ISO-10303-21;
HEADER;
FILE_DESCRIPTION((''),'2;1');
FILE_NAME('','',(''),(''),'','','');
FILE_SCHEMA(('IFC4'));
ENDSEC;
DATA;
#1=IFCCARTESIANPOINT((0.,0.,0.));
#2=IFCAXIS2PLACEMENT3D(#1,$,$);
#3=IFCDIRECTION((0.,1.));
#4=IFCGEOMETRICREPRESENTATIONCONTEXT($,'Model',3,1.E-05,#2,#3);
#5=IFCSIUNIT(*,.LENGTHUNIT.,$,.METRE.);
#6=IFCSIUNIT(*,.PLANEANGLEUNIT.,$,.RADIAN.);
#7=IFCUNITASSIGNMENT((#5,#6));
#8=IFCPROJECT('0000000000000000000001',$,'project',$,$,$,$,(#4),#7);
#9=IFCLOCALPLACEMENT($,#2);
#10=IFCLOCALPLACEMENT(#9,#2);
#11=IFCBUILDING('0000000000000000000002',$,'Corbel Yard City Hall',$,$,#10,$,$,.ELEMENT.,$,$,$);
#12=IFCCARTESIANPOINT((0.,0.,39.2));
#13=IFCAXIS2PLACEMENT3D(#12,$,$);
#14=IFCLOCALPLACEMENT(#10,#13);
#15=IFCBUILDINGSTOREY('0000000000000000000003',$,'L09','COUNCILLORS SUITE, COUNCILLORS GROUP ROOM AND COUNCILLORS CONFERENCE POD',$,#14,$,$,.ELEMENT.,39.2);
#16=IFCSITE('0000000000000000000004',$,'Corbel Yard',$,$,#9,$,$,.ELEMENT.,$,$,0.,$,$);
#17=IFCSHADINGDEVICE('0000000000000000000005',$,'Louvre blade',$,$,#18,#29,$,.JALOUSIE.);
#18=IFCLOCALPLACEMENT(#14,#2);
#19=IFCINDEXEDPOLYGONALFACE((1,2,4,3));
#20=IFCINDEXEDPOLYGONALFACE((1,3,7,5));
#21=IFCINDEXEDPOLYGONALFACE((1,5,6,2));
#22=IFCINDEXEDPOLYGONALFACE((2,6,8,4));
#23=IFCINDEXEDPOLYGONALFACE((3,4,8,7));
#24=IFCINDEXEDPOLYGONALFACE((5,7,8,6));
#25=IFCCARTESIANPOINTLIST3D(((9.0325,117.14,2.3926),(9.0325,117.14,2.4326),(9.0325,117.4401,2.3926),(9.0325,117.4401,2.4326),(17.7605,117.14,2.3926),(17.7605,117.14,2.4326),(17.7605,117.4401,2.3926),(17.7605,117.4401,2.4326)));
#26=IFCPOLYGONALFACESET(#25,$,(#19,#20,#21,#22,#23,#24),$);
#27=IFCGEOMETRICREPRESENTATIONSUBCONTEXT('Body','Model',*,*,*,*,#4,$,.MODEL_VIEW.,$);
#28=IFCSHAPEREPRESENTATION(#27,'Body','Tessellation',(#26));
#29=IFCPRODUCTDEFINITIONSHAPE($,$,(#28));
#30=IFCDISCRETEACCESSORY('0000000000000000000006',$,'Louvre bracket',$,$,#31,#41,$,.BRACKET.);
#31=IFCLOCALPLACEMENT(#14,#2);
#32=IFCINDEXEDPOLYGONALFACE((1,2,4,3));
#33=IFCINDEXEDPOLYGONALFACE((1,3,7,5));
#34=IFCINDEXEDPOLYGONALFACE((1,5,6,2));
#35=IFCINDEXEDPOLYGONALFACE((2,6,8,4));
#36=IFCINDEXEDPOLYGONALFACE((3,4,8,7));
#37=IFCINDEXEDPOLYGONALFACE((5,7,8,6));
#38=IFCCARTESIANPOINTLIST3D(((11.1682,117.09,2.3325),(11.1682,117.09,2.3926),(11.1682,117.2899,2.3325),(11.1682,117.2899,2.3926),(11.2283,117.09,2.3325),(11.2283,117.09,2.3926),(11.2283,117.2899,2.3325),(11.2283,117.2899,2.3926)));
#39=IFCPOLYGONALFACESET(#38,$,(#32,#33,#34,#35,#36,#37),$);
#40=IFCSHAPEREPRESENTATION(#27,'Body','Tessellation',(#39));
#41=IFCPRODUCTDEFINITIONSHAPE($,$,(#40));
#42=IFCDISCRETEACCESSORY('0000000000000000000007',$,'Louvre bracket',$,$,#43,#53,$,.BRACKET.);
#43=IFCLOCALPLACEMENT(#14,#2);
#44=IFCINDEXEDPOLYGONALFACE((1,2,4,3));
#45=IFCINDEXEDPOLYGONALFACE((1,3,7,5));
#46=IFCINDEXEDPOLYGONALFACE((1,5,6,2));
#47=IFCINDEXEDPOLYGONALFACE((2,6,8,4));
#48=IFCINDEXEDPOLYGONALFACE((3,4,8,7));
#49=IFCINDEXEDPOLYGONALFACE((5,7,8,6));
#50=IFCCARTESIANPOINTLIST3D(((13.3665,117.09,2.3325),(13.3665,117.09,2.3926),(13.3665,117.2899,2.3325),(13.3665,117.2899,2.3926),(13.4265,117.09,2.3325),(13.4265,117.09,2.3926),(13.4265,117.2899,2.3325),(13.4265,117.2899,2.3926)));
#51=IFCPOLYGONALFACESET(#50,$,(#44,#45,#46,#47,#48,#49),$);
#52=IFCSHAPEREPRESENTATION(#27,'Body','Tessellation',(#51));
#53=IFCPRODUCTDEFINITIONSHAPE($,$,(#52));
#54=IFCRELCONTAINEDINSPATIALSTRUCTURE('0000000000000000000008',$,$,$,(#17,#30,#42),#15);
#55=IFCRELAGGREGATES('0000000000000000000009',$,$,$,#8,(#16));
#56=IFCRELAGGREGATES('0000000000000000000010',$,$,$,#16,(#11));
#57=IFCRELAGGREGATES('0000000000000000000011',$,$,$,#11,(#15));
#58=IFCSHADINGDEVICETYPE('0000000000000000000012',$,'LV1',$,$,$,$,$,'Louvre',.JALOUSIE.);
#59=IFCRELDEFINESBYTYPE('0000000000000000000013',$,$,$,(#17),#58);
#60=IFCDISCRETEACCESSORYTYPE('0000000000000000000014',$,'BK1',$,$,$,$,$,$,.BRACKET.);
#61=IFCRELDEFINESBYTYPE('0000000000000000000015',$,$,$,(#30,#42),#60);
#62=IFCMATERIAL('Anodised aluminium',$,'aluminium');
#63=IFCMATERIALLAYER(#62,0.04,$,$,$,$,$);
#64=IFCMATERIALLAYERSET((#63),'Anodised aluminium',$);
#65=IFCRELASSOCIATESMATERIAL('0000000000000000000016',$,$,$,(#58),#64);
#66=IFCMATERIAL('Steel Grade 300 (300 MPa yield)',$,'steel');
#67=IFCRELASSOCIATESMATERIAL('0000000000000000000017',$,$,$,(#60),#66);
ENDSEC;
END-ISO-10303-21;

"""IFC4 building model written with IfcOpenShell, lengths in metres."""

from ifc_helpers import new_model, si_unit, direction, frame, origin, origin_2d, place, context, subcontext, project, spatial, rectangle, extrude, material, layer, layer_set, type_object, element, save


model = new_model("IFC4")

# Units and contexts
model_context = context("Model", 3, precision=1e-05, world=origin(), true_north=direction((0.0, 1.0)))
body_context = subcontext(model_context, "Body", "Model", "MODEL_VIEW")
ifc_project = project(units=[si_unit("LENGTHUNIT", "METRE"), si_unit("PLANEANGLEUNIT", "RADIAN")], contexts=[model_context])

# Site, building, storey
site_placement = place(None, origin())
site = spatial("IfcSite", under=ifc_project, at=site_placement, Name="Corbel Yard", CompositionType="ELEMENT", RefElevation=0.0)
building_placement = place(site_placement, origin())
building = spatial("IfcBuilding", under=site, at=building_placement, Name="Corbel Yard City Hall", CompositionType="ELEMENT")
storey_placement = place(building_placement, frame((0.0, 0.0, 39.2)))
storey = spatial("IfcBuildingStorey", under=building, at=storey_placement, Name="L09", Description="COUNCILLORS SUITE, COUNCILLORS GROUP ROOM AND COUNCILLORS CONFERENCE POD", CompositionType="ELEMENT", Elevation=39.2)

# Shading device
ifc_material_1 = material(Name="Anodised aluminium", Category="aluminium")
ifc_layer_1 = layer(ifc_material_1, 0.04)
ifc_layer_set_1 = layer_set([ifc_layer_1], Name="Anodised aluminium")
shading_device_type = type_object("IfcShadingDeviceType", Name="LV1", ElementType="Louvre", PredefinedType="JALOUSIE", material=ifc_layer_set_1)
shading_device_placement = place(storey_placement, frame((13.3965, 117.29, 2.3926), z_axis=(0.0, 0.0, 1.0), x_axis=(1.0, 0.0, 0.0)))
element("IfcShadingDevice", 1, at=shading_device_placement, inside=storey, type_object=shading_device_type, Name="Louvre blade", PredefinedType="JALOUSIE", context=body_context, shape_type="SweptSolid", body=[
    extrude(rectangle(XDim=8.728, YDim=0.3, at=origin_2d()), origin(), (0.0, 0.0, 1.0), 0.04),
])

# Discrete accessories
ifc_material_2 = material(Name="Steel Grade 300 (300 MPa yield)", Category="steel")
discrete_accessory_type = type_object("IfcDiscreteAccessoryType", Name="BK1", PredefinedType="BRACKET", material=ifc_material_2)
for number, where, z_axis, x_axis, name in (
    (2, (11.1982, 117.1899, 2.3325), (0.0, 0.0, 1.0), (1.0, 0.0, 0.0), "Louvre bracket"),
    (3, (13.3965, 117.1899, 2.3325), (0.0, 0.0, 1.0), (1.0, 0.0, 0.0), "Louvre bracket"),
):
    element("IfcDiscreteAccessory", number, at=place(storey_placement, frame(where, z_axis=z_axis, x_axis=x_axis)), inside=storey, type_object=discrete_accessory_type, Name=name, PredefinedType="BRACKET", context=body_context, shape_type="SweptSolid", body=[
        extrude(rectangle(XDim=0.0601, YDim=0.2, at=origin_2d()), origin(), (0.0, 0.0, 1.0), 0.0601),
    ])

save(model, "model.ifc")
